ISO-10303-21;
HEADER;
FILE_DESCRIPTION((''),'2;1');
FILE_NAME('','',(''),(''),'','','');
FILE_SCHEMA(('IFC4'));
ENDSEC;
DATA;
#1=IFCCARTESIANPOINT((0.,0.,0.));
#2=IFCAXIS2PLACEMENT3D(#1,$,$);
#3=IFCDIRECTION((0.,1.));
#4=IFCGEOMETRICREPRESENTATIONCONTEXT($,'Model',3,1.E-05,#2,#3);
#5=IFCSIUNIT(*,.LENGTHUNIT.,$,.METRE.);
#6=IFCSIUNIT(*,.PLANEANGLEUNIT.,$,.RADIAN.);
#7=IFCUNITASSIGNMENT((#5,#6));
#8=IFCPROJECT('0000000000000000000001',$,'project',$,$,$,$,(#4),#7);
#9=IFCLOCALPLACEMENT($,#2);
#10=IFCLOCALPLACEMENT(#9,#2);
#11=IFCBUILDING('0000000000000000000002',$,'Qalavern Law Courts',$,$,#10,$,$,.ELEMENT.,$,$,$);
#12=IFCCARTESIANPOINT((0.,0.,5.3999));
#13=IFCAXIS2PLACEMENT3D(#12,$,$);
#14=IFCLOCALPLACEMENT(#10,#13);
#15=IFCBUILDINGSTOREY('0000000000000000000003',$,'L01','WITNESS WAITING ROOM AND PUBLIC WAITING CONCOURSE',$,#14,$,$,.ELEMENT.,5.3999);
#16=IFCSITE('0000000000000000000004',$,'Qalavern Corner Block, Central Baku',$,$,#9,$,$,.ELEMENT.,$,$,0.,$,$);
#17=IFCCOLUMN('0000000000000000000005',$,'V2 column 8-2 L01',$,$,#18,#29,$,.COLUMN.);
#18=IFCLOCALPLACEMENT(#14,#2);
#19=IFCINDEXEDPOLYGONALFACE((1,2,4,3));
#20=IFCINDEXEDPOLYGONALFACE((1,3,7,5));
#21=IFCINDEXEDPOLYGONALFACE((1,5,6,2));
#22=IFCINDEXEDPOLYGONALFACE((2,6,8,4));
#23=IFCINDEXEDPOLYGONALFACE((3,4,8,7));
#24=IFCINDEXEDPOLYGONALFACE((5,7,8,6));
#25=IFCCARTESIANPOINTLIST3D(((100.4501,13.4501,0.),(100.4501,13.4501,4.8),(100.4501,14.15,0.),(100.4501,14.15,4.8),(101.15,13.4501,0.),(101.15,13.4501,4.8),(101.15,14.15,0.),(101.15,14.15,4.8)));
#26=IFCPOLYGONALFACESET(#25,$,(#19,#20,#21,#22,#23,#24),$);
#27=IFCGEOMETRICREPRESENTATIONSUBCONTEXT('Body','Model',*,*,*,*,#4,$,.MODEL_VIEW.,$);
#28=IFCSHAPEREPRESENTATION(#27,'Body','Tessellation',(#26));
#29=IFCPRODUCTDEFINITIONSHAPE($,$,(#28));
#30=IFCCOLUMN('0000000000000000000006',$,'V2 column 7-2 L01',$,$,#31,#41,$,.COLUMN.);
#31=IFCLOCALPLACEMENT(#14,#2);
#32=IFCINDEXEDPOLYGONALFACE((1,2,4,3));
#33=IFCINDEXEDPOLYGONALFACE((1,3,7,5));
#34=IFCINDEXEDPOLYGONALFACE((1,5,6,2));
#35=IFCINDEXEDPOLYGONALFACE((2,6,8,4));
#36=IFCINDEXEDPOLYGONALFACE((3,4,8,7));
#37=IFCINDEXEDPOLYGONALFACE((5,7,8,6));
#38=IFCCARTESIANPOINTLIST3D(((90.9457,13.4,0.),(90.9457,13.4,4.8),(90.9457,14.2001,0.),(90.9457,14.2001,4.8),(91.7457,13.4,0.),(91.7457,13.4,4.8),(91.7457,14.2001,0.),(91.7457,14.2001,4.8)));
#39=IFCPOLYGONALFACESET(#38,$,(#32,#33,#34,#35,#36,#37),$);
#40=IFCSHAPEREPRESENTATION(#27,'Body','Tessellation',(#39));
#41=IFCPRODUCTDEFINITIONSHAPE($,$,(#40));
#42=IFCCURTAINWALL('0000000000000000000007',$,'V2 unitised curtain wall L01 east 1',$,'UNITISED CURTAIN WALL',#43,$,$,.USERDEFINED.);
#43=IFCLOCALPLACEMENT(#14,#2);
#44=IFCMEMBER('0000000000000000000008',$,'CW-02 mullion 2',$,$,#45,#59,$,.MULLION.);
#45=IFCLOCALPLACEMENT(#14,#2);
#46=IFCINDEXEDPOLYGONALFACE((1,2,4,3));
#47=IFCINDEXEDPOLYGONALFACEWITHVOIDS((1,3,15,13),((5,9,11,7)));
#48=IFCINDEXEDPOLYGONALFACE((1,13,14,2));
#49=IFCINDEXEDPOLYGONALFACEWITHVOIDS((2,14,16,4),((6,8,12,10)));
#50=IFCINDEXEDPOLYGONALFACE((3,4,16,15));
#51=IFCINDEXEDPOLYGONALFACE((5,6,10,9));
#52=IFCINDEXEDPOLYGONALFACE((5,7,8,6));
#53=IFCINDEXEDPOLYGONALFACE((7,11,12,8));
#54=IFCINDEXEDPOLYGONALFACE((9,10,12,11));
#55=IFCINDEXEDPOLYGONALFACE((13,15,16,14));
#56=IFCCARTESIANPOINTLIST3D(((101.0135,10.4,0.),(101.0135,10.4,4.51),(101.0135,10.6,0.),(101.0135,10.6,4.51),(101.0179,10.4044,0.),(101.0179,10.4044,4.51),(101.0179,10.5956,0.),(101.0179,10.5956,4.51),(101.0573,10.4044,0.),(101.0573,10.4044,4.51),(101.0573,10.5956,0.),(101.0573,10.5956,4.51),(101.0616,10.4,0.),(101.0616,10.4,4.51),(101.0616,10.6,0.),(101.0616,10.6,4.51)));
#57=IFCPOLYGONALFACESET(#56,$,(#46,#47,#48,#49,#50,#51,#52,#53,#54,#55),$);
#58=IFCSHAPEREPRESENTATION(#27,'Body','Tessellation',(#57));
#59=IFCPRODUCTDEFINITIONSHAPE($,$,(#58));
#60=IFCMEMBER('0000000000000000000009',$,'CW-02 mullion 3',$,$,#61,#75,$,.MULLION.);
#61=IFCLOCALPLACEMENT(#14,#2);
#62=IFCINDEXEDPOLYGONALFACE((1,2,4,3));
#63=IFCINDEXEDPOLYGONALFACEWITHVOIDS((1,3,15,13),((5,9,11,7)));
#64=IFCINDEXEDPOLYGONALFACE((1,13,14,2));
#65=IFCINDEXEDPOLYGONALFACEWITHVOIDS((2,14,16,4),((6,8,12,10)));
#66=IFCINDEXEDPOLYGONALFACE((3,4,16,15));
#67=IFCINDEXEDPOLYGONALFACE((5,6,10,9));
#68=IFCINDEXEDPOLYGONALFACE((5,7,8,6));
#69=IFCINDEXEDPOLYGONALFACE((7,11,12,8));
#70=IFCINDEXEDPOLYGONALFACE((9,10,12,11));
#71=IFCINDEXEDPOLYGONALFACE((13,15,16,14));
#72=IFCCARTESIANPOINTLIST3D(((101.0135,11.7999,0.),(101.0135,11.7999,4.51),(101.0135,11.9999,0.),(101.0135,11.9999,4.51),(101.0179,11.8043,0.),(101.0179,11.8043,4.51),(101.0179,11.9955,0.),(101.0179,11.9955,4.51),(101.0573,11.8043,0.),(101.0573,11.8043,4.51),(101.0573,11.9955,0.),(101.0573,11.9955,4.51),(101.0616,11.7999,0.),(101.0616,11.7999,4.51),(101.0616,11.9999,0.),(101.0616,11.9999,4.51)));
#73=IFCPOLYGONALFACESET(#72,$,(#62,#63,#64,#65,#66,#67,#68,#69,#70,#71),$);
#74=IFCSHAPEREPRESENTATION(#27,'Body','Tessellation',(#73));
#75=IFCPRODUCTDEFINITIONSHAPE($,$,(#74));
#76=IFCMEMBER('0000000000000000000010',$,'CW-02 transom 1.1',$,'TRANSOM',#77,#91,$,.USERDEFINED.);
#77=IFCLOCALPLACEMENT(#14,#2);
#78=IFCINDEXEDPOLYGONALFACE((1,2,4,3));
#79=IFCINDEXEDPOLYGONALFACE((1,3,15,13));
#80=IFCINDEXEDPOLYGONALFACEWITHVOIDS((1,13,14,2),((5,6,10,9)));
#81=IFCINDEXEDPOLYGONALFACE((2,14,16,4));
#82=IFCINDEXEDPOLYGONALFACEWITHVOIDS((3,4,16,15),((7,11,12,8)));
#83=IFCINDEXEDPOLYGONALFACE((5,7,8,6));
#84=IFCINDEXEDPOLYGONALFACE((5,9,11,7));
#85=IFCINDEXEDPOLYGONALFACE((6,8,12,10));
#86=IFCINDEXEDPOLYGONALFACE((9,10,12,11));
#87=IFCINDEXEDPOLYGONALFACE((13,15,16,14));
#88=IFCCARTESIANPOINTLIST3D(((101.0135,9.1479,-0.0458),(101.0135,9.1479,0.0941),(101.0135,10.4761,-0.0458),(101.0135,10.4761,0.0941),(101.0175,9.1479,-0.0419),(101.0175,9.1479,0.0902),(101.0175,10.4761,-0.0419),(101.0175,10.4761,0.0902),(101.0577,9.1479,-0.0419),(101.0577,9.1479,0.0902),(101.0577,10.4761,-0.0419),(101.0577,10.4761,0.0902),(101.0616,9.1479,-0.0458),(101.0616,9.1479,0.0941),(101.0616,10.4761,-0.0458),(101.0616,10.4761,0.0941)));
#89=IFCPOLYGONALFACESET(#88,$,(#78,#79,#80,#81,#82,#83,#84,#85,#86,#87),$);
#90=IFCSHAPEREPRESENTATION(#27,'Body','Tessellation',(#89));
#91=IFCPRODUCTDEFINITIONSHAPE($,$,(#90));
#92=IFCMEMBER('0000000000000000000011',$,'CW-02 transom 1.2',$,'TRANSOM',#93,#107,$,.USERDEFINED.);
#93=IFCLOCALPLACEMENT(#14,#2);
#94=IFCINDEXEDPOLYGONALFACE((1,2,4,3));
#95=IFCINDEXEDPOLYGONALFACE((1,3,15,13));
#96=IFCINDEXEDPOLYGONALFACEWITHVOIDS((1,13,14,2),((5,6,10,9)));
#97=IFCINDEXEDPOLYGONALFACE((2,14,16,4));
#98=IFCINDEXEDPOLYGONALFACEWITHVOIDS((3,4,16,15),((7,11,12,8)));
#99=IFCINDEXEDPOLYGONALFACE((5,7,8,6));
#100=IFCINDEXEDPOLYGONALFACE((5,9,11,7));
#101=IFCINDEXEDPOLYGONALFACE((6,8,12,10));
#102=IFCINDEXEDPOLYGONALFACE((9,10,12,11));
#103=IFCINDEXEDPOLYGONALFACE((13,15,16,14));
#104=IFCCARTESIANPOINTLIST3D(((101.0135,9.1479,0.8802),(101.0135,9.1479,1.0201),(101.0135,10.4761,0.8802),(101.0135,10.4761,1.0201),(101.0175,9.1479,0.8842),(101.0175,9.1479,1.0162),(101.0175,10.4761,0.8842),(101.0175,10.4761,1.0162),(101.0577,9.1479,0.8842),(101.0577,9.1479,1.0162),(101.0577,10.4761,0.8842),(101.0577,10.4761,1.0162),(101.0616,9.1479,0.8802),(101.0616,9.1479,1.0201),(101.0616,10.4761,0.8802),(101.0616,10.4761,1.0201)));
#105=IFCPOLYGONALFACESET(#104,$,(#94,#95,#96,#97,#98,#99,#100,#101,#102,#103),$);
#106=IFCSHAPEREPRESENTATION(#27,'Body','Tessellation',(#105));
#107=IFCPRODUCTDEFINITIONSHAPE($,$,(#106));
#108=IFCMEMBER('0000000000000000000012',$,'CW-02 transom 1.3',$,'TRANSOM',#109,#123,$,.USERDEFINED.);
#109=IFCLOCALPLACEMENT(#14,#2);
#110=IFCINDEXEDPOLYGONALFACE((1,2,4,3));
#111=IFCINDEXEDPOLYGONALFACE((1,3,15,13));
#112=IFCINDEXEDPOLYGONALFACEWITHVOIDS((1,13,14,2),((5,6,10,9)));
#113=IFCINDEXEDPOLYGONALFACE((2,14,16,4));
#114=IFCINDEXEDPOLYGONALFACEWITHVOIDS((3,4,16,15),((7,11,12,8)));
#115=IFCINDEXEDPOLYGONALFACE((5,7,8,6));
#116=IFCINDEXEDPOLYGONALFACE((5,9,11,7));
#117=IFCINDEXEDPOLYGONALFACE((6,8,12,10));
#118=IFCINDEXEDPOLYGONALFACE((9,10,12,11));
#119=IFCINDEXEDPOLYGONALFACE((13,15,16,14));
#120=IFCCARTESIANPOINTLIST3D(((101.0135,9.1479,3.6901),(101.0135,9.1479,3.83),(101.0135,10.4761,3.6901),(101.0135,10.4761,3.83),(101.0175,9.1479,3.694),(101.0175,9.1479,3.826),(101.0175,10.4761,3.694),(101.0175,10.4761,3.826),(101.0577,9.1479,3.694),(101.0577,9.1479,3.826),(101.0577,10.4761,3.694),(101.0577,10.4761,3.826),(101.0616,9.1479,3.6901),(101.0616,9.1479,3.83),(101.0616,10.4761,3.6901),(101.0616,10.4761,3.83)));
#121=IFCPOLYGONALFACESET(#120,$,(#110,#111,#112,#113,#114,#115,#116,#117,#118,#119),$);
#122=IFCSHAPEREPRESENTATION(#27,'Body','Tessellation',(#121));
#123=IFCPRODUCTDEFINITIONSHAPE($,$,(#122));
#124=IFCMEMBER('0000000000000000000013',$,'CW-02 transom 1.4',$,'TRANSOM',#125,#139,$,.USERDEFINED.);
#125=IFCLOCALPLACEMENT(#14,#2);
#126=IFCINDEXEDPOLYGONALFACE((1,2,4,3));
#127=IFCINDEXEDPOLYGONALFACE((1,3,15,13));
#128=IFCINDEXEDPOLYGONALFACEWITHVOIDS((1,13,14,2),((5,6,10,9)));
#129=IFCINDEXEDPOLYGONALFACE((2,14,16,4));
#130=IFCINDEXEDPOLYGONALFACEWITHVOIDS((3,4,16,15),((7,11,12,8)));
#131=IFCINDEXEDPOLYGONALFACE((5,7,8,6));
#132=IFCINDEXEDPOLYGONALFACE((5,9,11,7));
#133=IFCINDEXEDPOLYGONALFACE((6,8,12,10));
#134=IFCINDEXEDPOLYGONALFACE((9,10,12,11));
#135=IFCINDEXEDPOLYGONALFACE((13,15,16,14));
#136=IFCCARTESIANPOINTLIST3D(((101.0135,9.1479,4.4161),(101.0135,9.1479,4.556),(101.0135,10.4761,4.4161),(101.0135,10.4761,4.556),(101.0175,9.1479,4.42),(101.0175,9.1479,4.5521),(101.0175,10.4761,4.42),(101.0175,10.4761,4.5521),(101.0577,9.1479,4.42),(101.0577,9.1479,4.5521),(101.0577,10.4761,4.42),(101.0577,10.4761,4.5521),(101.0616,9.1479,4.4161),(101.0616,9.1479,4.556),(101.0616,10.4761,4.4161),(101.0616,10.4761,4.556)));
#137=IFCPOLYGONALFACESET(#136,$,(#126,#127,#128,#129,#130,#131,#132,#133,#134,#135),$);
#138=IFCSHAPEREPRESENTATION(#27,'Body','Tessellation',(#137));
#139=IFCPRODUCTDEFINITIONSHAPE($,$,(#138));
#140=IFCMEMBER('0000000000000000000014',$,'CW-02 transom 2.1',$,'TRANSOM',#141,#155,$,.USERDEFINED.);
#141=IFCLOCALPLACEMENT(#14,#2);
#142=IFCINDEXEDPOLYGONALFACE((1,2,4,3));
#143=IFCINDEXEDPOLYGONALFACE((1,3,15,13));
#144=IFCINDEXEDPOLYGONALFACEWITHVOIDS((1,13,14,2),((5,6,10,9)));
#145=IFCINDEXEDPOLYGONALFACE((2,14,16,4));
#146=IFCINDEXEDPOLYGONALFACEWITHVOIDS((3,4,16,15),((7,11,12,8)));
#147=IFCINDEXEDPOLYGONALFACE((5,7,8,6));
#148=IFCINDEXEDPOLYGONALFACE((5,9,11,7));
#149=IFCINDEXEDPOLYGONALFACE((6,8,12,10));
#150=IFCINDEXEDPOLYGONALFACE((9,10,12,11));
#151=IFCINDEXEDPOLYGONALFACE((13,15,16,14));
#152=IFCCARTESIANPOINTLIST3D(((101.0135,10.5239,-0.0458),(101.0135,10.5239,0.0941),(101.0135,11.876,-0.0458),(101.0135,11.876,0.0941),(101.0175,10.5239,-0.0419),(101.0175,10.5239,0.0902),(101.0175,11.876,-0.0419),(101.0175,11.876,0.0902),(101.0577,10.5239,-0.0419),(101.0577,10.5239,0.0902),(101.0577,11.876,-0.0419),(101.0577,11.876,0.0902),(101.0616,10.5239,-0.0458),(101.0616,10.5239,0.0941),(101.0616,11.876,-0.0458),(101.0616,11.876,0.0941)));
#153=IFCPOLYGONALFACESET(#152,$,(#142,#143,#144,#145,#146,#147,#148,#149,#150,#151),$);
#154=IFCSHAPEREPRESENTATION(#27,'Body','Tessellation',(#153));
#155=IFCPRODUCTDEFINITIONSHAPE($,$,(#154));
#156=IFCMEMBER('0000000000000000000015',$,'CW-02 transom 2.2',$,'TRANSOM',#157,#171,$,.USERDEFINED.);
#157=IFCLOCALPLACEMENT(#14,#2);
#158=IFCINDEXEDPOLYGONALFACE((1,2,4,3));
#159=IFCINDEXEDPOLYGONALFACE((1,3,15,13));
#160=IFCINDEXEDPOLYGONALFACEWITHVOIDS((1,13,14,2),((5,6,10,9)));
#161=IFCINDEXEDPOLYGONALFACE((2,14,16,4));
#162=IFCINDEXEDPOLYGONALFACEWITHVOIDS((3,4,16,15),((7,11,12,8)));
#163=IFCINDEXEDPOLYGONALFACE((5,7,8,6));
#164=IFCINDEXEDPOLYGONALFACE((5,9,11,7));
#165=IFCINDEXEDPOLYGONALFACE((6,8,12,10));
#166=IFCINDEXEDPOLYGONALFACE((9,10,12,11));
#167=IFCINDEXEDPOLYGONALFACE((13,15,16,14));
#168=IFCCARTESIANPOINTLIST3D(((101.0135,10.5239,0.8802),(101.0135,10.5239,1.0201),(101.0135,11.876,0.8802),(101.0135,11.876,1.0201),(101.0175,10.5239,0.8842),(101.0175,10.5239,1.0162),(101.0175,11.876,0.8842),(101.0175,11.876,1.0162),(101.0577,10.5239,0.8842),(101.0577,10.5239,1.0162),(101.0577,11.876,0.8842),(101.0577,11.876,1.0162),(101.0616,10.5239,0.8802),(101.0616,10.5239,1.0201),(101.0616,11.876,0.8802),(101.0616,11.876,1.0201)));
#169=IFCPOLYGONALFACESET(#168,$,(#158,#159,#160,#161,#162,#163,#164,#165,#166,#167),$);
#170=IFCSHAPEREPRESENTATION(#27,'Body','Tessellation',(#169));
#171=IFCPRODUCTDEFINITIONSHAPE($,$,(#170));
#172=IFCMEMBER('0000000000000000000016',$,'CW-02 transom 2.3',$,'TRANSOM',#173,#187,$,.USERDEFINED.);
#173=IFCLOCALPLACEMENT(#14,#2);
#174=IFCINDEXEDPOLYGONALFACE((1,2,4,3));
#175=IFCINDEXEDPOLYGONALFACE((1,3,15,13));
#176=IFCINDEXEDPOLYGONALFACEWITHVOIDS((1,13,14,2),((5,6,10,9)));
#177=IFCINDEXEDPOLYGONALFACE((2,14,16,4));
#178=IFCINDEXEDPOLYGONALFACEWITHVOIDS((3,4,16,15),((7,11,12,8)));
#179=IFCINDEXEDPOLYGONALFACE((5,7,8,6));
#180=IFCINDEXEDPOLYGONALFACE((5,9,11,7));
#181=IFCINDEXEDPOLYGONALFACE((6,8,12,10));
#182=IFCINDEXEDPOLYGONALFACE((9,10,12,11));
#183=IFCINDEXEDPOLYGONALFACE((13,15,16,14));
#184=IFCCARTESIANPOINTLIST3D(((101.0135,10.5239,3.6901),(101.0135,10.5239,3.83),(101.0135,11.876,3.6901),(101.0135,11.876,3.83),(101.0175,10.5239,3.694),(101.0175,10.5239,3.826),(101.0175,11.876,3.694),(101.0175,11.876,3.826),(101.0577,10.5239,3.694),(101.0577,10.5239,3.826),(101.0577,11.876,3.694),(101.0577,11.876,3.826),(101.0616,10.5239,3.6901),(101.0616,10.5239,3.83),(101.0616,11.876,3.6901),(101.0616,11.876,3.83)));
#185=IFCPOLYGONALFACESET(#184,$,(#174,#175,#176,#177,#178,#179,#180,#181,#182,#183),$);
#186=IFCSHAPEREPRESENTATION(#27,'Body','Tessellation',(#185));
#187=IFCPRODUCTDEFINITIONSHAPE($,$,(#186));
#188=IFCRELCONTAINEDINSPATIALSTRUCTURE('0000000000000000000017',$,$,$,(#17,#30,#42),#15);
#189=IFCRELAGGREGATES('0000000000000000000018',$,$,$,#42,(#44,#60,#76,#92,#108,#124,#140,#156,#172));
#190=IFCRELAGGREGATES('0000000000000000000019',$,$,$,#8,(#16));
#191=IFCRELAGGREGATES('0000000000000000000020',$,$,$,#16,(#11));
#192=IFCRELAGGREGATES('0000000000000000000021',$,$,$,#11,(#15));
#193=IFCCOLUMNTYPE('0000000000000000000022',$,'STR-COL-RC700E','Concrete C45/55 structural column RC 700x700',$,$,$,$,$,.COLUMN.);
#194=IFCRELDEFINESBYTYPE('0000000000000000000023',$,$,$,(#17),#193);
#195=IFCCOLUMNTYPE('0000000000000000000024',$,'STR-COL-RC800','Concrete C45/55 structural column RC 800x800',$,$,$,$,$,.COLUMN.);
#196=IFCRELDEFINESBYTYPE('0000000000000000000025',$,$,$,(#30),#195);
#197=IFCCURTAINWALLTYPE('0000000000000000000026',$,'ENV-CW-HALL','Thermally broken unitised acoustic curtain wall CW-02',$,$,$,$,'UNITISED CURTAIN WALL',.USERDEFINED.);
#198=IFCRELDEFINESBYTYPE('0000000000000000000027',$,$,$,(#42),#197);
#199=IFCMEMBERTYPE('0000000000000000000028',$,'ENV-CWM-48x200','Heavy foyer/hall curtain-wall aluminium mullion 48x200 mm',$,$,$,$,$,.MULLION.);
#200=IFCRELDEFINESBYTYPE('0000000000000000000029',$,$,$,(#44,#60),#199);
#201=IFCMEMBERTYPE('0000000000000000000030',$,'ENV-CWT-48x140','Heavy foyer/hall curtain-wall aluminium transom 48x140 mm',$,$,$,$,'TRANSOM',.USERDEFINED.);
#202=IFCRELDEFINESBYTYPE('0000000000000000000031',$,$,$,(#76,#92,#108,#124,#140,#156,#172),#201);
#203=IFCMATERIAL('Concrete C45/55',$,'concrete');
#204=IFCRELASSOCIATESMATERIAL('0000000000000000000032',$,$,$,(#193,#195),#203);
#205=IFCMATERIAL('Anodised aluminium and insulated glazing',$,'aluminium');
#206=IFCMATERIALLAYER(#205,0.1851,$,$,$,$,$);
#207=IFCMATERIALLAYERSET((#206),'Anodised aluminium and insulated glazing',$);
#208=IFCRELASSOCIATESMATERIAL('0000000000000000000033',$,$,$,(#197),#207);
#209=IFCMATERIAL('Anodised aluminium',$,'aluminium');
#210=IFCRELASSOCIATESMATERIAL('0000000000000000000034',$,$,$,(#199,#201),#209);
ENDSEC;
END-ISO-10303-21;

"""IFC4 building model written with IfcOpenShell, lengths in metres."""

from ifc_helpers import new_model, si_unit, direction, frame, origin, origin_2d, place, context, subcontext, project, spatial, rectangle, hollow_rectangle, extrude, material, layer, layer_set, material_profile, profile_set, type_object, element, aggregate, save


model = new_model("IFC4")

# Units and contexts
model_context = context("Model", 3, precision=1e-05, world=origin(), true_north=direction((0.0, 1.0)))
body_context = subcontext(model_context, "Body", "Model", "MODEL_VIEW")
ifc_project = project(units=[si_unit("LENGTHUNIT", "METRE"), si_unit("PLANEANGLEUNIT", "RADIAN")], contexts=[model_context])

# Site, building, storey
site_placement = place(None, origin())
site = spatial("IfcSite", under=ifc_project, at=site_placement, Name="Qalavern Corner Block, Central Baku", CompositionType="ELEMENT", RefElevation=0.0)
building_placement = place(site_placement, origin())
building = spatial("IfcBuilding", under=site, at=building_placement, Name="Qalavern Law Courts", CompositionType="ELEMENT")
storey_placement = place(building_placement, frame((0.0, 0.0, 5.3999)))
storey = spatial("IfcBuildingStorey", under=building, at=storey_placement, Name="L01", Description="WITNESS WAITING ROOM AND PUBLIC WAITING CONCOURSE", CompositionType="ELEMENT", Elevation=5.3999)

# Columns
ifc_material_1 = material(Name="Concrete C45/55", Category="concrete")
ifc_material_profile_1 = material_profile(ifc_material_1, rectangle(XDim=0.7, YDim=0.7, at=origin_2d()), Name="RC 700x700")
ifc_profile_set_1 = profile_set([ifc_material_profile_1], Name="Concrete C45/55")
column_type_1 = type_object("IfcColumnType", Name="STR-COL-RC700E", Description="Concrete C45/55 structural column RC 700x700", PredefinedType="COLUMN", material=ifc_profile_set_1)
column_1_placement = place(storey_placement, frame((100.8, 13.8, 0.0), z_axis=(0.0, 0.0, 1.0), x_axis=(1.0, 0.0, 0.0)))
element("IfcColumn", 1, at=column_1_placement, inside=storey, type_object=column_type_1, Name="V2 column 8-2 L01", PredefinedType="COLUMN", context=body_context, shape_type="SweptSolid", body=[
    extrude(rectangle(XDim=0.7, YDim=0.7, at=origin_2d()), origin(), (0.0, 0.0, 1.0), 4.8),
])
ifc_material_profile_2 = material_profile(ifc_material_1, rectangle(XDim=0.8, YDim=0.8, at=origin_2d()), Name="RC 800x800")
ifc_profile_set_2 = profile_set([ifc_material_profile_2], Name="Concrete C45/55")
column_type_2 = type_object("IfcColumnType", Name="STR-COL-RC800", Description="Concrete C45/55 structural column RC 800x800", PredefinedType="COLUMN", material=ifc_profile_set_2)
column_2_placement = place(storey_placement, frame((91.3457, 13.8, 0.0), z_axis=(0.0, 0.0, 1.0), x_axis=(1.0, 0.0, 0.0)))
element("IfcColumn", 2, at=column_2_placement, inside=storey, type_object=column_type_2, Name="V2 column 7-2 L01", PredefinedType="COLUMN", context=body_context, shape_type="SweptSolid", body=[
    extrude(rectangle(XDim=0.8, YDim=0.8, at=origin_2d()), origin(), (0.0, 0.0, 1.0), 4.8),
])

# Curtain wall, members
ifc_material_2 = material(Name="Anodised aluminium and insulated glazing", Category="aluminium")
ifc_layer_1 = layer(ifc_material_2, 0.1851)
ifc_layer_set_1 = layer_set([ifc_layer_1], Name="Anodised aluminium and insulated glazing")
curtain_wall_type = type_object("IfcCurtainWallType", Name="ENV-CW-HALL", Description="Thermally broken unitised acoustic curtain wall CW-02", ElementType="UNITISED CURTAIN WALL", PredefinedType="USERDEFINED", material=ifc_layer_set_1)
curtain_wall_placement = place(storey_placement, origin())
curtain_wall = element("IfcCurtainWall", 3, at=curtain_wall_placement, inside=storey, type_object=curtain_wall_type, Name="V2 unitised curtain wall L01 east 1", ObjectType="UNITISED CURTAIN WALL", PredefinedType="USERDEFINED")
ifc_material_3 = material(Name="Anodised aluminium", Category="aluminium")
ifc_material_profile_3 = material_profile(ifc_material_3, hollow_rectangle(XDim=0.0481, YDim=0.2, WallThickness=0.0044, at=origin_2d()), Name="ALU MULLION 48x200")
ifc_profile_set_3 = profile_set([ifc_material_profile_3], Name="Anodised aluminium")
member_type_1 = type_object("IfcMemberType", Name="ENV-CWM-48x200", Description="Heavy foyer/hall curtain-wall aluminium mullion 48x200 mm", PredefinedType="MULLION", material=ifc_profile_set_3)
member_1_placement = place(storey_placement, frame((101.0376, 10.5, 0.0), z_axis=(0.0, 0.0, 1.0), x_axis=(-1.0, 0.0, 0.0)))
member_1 = element("IfcMember", 4, at=member_1_placement, type_object=member_type_1, Name="CW-02 mullion 2", PredefinedType="MULLION", context=body_context, shape_type="SweptSolid", body=[
    extrude(hollow_rectangle(XDim=0.0481, YDim=0.2, WallThickness=0.0044, at=origin_2d()), origin(), (0.0, 0.0, 1.0), 4.51),
])
member_2_placement = place(storey_placement, frame((101.0376, 11.8999, 0.0), z_axis=(0.0, 0.0, 1.0), x_axis=(-1.0, 0.0, 0.0)))
member_2 = element("IfcMember", 5, at=member_2_placement, type_object=member_type_1, Name="CW-02 mullion 3", PredefinedType="MULLION", context=body_context, shape_type="SweptSolid", body=[
    extrude(hollow_rectangle(XDim=0.0481, YDim=0.2, WallThickness=0.0044, at=origin_2d()), origin(), (0.0, 0.0, 1.0), 4.51),
])
ifc_material_profile_4 = material_profile(ifc_material_3, hollow_rectangle(XDim=0.0481, YDim=0.1399, WallThickness=0.0039, at=origin_2d()), Name="ALU TRANSOM 48x140")
ifc_profile_set_4 = profile_set([ifc_material_profile_4], Name="Anodised aluminium")
member_type_2 = type_object("IfcMemberType", Name="ENV-CWT-48x140", Description="Heavy foyer/hall curtain-wall aluminium transom 48x140 mm", ElementType="TRANSOM", PredefinedType="USERDEFINED", material=ifc_profile_set_4)
member_3_placement = place(storey_placement, frame((101.0376, 9.1479, 0.0242), z_axis=(0.0, 1.0, 0.0), x_axis=(-1.0, 0.0, 0.0)))
member_3 = element("IfcMember", 6, at=member_3_placement, type_object=member_type_2, Name="CW-02 transom 1.1", ObjectType="TRANSOM", PredefinedType="USERDEFINED", context=body_context, shape_type="SweptSolid", body=[
    extrude(hollow_rectangle(XDim=0.0481, YDim=0.1399, WallThickness=0.0039, at=origin_2d()), origin(), (0.0, 0.0, 1.0), 1.3281),
])
member_4_placement = place(storey_placement, frame((101.0376, 9.1479, 0.9502), z_axis=(0.0, 1.0, 0.0), x_axis=(-1.0, 0.0, 0.0)))
member_4 = element("IfcMember", 7, at=member_4_placement, type_object=member_type_2, Name="CW-02 transom 1.2", ObjectType="TRANSOM", PredefinedType="USERDEFINED", context=body_context, shape_type="SweptSolid", body=[
    extrude(hollow_rectangle(XDim=0.0481, YDim=0.1399, WallThickness=0.0039, at=origin_2d()), origin(), (0.0, 0.0, 1.0), 1.3281),
])
member_5_placement = place(storey_placement, frame((101.0376, 9.1479, 3.76), z_axis=(0.0, 1.0, 0.0), x_axis=(-1.0, 0.0, 0.0)))
member_5 = element("IfcMember", 8, at=member_5_placement, type_object=member_type_2, Name="CW-02 transom 1.3", ObjectType="TRANSOM", PredefinedType="USERDEFINED", context=body_context, shape_type="SweptSolid", body=[
    extrude(hollow_rectangle(XDim=0.0481, YDim=0.1399, WallThickness=0.0039, at=origin_2d()), origin(), (0.0, 0.0, 1.0), 1.3281),
])
member_6_placement = place(storey_placement, frame((101.0376, 9.1479, 4.4861), z_axis=(0.0, 1.0, 0.0), x_axis=(-1.0, 0.0, 0.0)))
member_6 = element("IfcMember", 9, at=member_6_placement, type_object=member_type_2, Name="CW-02 transom 1.4", ObjectType="TRANSOM", PredefinedType="USERDEFINED", context=body_context, shape_type="SweptSolid", body=[
    extrude(hollow_rectangle(XDim=0.0481, YDim=0.1399, WallThickness=0.0039, at=origin_2d()), origin(), (0.0, 0.0, 1.0), 1.3281),
])
member_7_placement = place(storey_placement, frame((101.0376, 10.5239, 0.0242), z_axis=(0.0, 1.0, 0.0), x_axis=(-1.0, 0.0, 0.0)))
member_7 = element("IfcMember", 10, at=member_7_placement, type_object=member_type_2, Name="CW-02 transom 2.1", ObjectType="TRANSOM", PredefinedType="USERDEFINED", context=body_context, shape_type="SweptSolid", body=[
    extrude(hollow_rectangle(XDim=0.0481, YDim=0.1399, WallThickness=0.0039, at=origin_2d()), origin(), (0.0, 0.0, 1.0), 1.3521),
])
member_8_placement = place(storey_placement, frame((101.0376, 10.5239, 0.9502), z_axis=(0.0, 1.0, 0.0), x_axis=(-1.0, 0.0, 0.0)))
member_8 = element("IfcMember", 11, at=member_8_placement, type_object=member_type_2, Name="CW-02 transom 2.2", ObjectType="TRANSOM", PredefinedType="USERDEFINED", context=body_context, shape_type="SweptSolid", body=[
    extrude(hollow_rectangle(XDim=0.0481, YDim=0.1399, WallThickness=0.0039, at=origin_2d()), origin(), (0.0, 0.0, 1.0), 1.3521),
])
member_9_placement = place(storey_placement, frame((101.0376, 10.5239, 3.76), z_axis=(0.0, 1.0, 0.0), x_axis=(-1.0, 0.0, 0.0)))
member_9 = element("IfcMember", 12, at=member_9_placement, type_object=member_type_2, Name="CW-02 transom 2.3", ObjectType="TRANSOM", PredefinedType="USERDEFINED", context=body_context, shape_type="SweptSolid", body=[
    extrude(hollow_rectangle(XDim=0.0481, YDim=0.1399, WallThickness=0.0039, at=origin_2d()), origin(), (0.0, 0.0, 1.0), 1.3521),
])

aggregate(curtain_wall, [member_1, member_2, member_3, member_4, member_5, member_6, member_7, member_8, member_9])

save(model, "model.ifc")
